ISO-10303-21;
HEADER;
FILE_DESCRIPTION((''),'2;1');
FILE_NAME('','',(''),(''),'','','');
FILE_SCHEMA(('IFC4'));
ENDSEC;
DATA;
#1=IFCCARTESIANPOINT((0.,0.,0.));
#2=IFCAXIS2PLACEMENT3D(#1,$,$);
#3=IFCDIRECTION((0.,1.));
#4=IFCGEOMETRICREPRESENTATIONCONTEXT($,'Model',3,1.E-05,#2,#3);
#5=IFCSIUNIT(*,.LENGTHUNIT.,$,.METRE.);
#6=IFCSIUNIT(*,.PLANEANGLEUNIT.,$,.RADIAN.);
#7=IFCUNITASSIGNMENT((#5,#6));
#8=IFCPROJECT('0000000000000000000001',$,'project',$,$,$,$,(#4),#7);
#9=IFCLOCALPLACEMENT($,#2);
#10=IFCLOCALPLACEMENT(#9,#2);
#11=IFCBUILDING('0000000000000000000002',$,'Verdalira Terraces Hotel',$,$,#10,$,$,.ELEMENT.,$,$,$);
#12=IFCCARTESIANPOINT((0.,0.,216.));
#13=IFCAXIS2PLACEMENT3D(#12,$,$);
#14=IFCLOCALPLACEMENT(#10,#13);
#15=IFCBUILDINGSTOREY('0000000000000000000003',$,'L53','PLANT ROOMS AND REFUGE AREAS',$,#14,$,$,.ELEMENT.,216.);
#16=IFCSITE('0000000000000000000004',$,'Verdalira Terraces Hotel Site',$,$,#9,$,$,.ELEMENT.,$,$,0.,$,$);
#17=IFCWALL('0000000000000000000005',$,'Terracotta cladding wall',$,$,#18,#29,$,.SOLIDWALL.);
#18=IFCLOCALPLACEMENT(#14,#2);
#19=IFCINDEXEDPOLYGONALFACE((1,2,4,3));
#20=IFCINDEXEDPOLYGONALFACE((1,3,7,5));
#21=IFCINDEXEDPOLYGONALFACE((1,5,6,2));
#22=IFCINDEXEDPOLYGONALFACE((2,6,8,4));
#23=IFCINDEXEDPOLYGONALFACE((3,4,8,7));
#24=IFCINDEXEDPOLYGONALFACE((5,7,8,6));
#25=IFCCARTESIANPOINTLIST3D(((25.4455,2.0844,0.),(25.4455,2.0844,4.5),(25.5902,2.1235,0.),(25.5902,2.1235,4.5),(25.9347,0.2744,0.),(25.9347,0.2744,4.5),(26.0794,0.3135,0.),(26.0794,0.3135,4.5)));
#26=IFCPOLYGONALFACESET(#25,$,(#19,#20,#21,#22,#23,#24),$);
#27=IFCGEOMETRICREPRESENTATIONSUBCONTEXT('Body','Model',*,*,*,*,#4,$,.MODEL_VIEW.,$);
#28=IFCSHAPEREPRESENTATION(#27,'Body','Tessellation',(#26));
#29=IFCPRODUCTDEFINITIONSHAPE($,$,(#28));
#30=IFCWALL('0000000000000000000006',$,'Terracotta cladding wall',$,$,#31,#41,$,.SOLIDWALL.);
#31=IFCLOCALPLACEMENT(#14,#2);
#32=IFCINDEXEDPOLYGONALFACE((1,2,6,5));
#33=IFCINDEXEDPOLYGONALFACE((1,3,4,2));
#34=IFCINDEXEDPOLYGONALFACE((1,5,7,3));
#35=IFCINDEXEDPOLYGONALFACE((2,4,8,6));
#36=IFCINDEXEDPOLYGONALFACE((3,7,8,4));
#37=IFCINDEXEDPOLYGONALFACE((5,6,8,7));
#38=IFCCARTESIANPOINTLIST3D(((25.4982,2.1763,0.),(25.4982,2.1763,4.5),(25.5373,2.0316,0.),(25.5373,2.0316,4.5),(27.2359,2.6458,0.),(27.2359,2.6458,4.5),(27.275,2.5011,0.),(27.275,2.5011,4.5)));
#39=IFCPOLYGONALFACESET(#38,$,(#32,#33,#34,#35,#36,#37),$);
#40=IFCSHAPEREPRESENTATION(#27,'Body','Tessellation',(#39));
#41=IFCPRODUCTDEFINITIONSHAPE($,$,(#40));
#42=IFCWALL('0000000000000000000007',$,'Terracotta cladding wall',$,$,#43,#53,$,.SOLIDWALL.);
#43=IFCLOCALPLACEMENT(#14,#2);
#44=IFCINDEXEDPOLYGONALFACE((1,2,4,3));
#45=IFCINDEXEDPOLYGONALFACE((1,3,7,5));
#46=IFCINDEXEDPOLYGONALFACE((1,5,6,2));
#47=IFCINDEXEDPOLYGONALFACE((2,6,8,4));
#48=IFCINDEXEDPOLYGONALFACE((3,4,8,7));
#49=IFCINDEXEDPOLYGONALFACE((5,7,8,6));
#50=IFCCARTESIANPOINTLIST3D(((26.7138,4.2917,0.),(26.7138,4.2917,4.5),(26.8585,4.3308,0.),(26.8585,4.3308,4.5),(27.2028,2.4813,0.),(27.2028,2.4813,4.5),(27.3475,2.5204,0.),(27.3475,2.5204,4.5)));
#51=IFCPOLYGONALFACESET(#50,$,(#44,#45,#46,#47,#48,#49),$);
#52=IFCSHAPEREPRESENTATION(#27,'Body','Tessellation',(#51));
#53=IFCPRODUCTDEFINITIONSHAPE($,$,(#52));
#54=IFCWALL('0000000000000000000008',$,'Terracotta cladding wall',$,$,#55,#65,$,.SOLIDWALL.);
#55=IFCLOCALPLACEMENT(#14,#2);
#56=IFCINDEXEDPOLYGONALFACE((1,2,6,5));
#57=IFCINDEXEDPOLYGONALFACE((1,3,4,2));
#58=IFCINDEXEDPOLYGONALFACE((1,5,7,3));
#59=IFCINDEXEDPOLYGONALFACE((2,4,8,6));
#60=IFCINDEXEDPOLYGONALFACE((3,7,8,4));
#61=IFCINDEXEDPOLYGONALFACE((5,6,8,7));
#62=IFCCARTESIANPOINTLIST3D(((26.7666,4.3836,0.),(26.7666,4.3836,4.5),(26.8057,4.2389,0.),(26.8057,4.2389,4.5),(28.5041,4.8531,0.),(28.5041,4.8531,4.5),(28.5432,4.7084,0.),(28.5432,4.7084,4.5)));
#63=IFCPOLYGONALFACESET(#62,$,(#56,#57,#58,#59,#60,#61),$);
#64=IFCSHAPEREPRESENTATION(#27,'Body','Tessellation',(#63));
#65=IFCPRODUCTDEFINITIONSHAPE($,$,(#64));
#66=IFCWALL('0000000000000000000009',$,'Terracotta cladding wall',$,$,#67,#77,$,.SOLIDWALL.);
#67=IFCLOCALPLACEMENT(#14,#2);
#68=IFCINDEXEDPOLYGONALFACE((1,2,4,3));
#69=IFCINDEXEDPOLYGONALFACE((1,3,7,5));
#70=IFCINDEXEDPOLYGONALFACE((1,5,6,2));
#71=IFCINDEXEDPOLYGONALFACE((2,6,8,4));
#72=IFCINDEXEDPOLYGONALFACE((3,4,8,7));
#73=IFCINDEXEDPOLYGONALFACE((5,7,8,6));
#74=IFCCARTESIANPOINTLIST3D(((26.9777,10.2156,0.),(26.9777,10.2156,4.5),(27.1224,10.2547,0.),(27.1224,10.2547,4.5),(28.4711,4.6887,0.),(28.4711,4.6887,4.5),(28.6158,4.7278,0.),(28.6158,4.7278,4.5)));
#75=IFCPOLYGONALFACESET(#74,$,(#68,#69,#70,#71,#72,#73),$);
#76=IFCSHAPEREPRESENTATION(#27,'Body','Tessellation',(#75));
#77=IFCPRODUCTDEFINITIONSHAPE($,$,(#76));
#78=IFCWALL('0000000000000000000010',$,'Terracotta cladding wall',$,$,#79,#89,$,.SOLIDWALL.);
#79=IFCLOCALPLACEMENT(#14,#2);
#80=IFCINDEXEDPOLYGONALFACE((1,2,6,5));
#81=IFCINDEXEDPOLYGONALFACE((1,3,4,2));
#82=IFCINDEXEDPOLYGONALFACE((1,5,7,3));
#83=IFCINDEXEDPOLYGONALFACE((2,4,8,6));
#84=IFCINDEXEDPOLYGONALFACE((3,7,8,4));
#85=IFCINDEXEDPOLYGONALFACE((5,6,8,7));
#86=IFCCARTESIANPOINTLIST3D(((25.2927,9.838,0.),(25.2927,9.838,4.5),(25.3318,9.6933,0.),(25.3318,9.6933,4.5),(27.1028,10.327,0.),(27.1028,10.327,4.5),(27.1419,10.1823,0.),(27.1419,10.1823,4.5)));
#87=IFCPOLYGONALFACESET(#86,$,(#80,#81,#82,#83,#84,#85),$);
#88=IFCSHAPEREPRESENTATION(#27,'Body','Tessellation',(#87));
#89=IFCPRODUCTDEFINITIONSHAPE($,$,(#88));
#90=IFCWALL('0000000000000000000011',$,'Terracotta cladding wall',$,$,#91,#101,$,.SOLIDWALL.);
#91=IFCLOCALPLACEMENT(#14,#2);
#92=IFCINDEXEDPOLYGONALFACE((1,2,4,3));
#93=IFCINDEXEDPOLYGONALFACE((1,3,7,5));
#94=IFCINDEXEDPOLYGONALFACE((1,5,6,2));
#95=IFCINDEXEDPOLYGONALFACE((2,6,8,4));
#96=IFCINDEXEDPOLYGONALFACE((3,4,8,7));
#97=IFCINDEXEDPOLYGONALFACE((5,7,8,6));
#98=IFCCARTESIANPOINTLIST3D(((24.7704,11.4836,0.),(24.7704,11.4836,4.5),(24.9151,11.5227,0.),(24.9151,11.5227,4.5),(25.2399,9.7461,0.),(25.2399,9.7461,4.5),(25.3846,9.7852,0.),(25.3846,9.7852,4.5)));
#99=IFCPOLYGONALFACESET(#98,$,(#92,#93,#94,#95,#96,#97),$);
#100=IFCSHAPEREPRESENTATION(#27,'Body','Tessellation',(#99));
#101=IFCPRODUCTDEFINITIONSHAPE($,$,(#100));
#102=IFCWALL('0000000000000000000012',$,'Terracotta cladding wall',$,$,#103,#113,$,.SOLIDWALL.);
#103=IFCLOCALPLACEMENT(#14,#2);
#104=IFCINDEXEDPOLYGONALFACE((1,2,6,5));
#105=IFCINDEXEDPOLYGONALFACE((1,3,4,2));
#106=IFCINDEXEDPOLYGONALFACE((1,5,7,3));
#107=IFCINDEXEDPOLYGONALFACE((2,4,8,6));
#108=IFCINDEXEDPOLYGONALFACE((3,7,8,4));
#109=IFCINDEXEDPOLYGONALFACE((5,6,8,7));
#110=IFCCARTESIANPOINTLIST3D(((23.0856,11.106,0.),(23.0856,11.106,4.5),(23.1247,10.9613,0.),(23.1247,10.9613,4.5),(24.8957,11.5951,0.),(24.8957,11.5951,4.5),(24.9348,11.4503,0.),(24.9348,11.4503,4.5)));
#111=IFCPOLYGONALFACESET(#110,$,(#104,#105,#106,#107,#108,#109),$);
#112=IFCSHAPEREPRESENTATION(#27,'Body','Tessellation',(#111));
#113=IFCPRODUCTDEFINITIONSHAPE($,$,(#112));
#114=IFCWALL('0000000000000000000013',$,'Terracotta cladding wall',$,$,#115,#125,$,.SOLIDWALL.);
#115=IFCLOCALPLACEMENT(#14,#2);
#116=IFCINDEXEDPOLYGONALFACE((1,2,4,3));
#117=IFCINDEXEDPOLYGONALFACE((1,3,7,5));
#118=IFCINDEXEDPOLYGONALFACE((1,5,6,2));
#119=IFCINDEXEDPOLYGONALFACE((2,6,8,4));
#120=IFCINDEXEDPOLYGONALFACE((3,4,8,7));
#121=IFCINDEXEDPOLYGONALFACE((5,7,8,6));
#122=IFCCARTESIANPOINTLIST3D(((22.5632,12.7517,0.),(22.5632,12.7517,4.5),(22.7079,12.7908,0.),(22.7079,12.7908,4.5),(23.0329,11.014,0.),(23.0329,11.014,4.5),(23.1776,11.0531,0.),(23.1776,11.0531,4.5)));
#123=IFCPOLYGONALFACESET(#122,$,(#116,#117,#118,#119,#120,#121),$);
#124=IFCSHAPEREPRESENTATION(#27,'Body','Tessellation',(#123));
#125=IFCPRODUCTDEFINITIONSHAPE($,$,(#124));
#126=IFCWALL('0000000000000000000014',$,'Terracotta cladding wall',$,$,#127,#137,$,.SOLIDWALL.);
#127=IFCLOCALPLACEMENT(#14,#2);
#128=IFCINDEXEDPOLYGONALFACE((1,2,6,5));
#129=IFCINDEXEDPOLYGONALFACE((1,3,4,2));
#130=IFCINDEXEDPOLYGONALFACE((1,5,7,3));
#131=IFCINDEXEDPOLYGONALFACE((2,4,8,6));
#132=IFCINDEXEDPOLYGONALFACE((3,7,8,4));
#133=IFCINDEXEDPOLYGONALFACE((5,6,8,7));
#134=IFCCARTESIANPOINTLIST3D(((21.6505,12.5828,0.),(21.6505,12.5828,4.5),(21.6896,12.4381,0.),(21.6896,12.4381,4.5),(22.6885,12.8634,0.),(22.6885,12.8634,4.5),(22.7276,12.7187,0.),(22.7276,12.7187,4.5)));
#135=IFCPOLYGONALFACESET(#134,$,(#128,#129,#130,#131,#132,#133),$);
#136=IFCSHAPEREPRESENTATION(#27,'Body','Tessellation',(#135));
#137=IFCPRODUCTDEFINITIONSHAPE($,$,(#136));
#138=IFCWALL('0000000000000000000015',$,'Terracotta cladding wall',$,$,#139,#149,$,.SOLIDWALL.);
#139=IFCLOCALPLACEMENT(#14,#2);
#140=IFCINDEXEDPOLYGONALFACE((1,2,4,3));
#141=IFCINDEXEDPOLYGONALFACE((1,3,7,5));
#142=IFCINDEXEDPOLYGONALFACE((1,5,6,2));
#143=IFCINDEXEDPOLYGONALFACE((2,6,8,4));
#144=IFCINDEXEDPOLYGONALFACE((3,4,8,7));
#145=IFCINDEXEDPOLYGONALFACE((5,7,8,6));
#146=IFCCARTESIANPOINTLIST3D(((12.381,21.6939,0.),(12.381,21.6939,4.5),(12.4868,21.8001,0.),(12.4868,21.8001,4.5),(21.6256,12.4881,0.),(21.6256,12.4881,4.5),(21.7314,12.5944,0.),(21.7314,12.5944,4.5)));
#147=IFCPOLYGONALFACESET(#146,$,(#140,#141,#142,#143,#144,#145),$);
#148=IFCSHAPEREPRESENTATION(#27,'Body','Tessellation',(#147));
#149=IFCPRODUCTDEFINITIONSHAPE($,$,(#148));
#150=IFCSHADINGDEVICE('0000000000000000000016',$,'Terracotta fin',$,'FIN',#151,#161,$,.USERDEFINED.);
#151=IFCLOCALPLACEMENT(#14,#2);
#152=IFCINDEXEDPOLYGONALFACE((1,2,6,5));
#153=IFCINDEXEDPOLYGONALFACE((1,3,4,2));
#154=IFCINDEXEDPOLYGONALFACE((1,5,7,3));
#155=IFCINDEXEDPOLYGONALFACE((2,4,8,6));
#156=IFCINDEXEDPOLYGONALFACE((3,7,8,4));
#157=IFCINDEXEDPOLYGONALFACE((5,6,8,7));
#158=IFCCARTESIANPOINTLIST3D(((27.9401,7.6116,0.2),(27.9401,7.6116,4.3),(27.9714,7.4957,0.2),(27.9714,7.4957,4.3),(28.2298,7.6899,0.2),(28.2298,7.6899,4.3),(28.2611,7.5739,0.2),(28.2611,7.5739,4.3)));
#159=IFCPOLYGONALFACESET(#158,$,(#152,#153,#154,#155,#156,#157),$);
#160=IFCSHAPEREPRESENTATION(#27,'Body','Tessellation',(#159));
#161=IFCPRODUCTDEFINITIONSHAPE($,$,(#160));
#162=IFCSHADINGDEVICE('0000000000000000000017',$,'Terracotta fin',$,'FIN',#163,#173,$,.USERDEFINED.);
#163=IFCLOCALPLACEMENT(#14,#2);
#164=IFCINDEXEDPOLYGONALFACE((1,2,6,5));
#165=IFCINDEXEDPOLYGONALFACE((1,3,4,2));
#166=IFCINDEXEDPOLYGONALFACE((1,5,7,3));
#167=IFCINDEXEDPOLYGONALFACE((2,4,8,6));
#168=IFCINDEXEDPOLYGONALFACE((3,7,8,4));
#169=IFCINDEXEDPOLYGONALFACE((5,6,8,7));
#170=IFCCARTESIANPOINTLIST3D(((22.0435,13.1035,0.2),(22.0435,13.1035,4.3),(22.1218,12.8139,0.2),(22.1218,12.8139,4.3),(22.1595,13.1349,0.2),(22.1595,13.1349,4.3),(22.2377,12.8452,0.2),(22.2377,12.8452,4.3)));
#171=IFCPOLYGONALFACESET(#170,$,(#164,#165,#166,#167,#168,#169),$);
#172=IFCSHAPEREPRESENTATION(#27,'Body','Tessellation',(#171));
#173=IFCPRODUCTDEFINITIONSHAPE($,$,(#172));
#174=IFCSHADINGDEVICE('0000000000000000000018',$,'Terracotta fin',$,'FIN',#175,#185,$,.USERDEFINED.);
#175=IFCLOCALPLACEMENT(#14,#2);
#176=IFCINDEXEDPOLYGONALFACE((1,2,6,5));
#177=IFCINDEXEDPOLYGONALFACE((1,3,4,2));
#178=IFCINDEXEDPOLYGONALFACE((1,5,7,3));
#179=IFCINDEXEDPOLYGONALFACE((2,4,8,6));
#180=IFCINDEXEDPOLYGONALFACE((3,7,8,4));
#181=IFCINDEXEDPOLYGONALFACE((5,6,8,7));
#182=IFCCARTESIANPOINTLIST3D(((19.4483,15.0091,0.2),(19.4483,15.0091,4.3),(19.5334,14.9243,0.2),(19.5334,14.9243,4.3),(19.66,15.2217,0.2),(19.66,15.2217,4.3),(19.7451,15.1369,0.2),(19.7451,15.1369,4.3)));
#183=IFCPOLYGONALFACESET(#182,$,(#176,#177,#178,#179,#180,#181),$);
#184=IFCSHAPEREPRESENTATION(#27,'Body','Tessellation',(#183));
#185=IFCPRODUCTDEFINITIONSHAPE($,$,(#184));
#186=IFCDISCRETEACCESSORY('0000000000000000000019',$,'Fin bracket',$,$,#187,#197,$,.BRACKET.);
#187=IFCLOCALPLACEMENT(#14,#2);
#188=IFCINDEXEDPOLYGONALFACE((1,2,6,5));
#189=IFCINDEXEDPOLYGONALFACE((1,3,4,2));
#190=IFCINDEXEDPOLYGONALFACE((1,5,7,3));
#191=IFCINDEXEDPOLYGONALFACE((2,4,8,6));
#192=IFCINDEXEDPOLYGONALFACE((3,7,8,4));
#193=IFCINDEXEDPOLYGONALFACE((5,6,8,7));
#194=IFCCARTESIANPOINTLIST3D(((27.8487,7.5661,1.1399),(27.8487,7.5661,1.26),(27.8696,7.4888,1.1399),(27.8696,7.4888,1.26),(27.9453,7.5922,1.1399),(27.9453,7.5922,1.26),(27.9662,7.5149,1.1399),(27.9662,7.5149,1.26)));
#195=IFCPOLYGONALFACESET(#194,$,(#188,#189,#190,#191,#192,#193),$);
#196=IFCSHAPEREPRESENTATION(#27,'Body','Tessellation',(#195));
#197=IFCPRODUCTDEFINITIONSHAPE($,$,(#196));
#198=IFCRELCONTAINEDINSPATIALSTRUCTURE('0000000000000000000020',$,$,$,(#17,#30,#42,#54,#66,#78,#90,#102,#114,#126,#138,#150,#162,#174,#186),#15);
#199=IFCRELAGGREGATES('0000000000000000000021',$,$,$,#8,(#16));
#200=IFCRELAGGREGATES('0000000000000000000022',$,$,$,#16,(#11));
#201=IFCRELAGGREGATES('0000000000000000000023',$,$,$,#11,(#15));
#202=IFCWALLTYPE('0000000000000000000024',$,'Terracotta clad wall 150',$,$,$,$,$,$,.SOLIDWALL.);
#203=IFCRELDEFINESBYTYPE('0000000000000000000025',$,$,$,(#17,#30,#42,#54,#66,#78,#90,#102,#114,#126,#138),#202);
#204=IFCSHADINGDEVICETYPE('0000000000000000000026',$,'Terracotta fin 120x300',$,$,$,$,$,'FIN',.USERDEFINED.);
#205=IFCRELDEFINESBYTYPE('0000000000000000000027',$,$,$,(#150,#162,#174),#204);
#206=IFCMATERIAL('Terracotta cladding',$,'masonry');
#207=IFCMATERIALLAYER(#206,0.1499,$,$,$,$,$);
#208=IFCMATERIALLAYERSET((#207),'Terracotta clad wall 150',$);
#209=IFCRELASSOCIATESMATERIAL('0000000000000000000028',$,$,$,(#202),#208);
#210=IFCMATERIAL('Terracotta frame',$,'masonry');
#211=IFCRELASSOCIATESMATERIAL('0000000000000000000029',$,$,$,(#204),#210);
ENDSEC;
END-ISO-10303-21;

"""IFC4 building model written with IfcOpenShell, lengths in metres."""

from ifc_helpers import new_model, si_unit, direction, frame, frame_2d, origin, origin_2d, place, context, subcontext, project, spatial, rectangle, extrude, material, layer, layer_set, material_profile, profile_set, type_object, element, save


model = new_model("IFC4")

# Units and contexts
model_context = context("Model", 3, precision=1e-05, world=origin(), true_north=direction((0.0, 1.0)))
body_context = subcontext(model_context, "Body", "Model", "MODEL_VIEW")
ifc_project = project(units=[si_unit("LENGTHUNIT", "METRE"), si_unit("PLANEANGLEUNIT", "RADIAN")], contexts=[model_context])

# Site, building, storey
site_placement = place(None, origin())
site = spatial("IfcSite", under=ifc_project, at=site_placement, Name="Verdalira Terraces Hotel Site", CompositionType="ELEMENT", RefElevation=0.0)
building_placement = place(site_placement, origin())
building = spatial("IfcBuilding", under=site, at=building_placement, Name="Verdalira Terraces Hotel", CompositionType="ELEMENT")
storey_placement = place(building_placement, frame((0.0, 0.0, 216.0)))
storey = spatial("IfcBuildingStorey", under=building, at=storey_placement, Name="L53", Description="PLANT ROOMS AND REFUGE AREAS", CompositionType="ELEMENT", Elevation=216.0)

# Walls
ifc_material_1 = material(Name="Terracotta cladding", Category="masonry")
ifc_layer_1 = layer(ifc_material_1, 0.1499)
ifc_layer_set_1 = layer_set([ifc_layer_1], Name="Terracotta clad wall 150")
wall_type_1 = type_object("IfcWallType", Name="Terracotta clad wall 150", PredefinedType="SOLIDWALL", material=ifc_layer_set_1)
wall_1_placement = place(storey_placement, frame((26.0071, 0.2939, 0.0), z_axis=(0.0, 0.0, 1.0), x_axis=(-0.260935, 0.965356, 0.0)))
element("IfcWall", 1, at=wall_1_placement, inside=storey, type_object=wall_type_1, Name="Terracotta cladding wall", PredefinedType="SOLIDWALL", context=body_context, shape_type="SweptSolid", body=[
    extrude(rectangle(XDim=1.875, YDim=0.1499, at=frame_2d((0.9375, 0.0))), origin(), (0.0, 0.0, 1.0), 4.5),
])
wall_2_placement = place(storey_placement, frame((25.5178, 2.104, 0.0), z_axis=(0.0, 0.0, 1.0), x_axis=(0.96539, 0.26081, 0.0)))
element("IfcWall", 2, at=wall_2_placement, inside=storey, type_object=wall_type_1, Name="Terracotta cladding wall", PredefinedType="SOLIDWALL", context=body_context, shape_type="SweptSolid", body=[
    extrude(rectangle(XDim=1.8, YDim=0.1499, at=frame_2d((0.8999, 0.0))), origin(), (0.0, 0.0, 1.0), 4.5),
])
wall_3_placement = place(storey_placement, frame((27.2751, 2.501, 0.0), z_axis=(0.0, 0.0, 1.0), x_axis=(-0.260781, 0.965398, 0.0)))
element("IfcWall", 3, at=wall_3_placement, inside=storey, type_object=wall_type_1, Name="Terracotta cladding wall", PredefinedType="SOLIDWALL", context=body_context, shape_type="SweptSolid", body=[
    extrude(rectangle(XDim=1.8752, YDim=0.1499, at=frame_2d((0.9375, 0.0))), origin(), (0.0, 0.0, 1.0), 4.5),
])
wall_4_placement = place(storey_placement, frame((26.7861, 4.3113, 0.0), z_axis=(0.0, 0.0, 1.0), x_axis=(0.965381, 0.260844, 0.0)))
element("IfcWall", 4, at=wall_4_placement, inside=storey, type_object=wall_type_1, Name="Terracotta cladding wall", PredefinedType="SOLIDWALL", context=body_context, shape_type="SweptSolid", body=[
    extrude(rectangle(XDim=1.7998, YDim=0.1499, at=frame_2d((0.8999, 0.0))), origin(), (0.0, 0.0, 1.0), 4.5),
])
wall_5_placement = place(storey_placement, frame((28.5435, 4.7083, 0.0), z_axis=(0.0, 0.0, 1.0), x_axis=(-0.260854, 0.965378, 0.0)))
element("IfcWall", 5, at=wall_5_placement, inside=storey, type_object=wall_type_1, Name="Terracotta cladding wall", PredefinedType="SOLIDWALL", context=body_context, shape_type="SweptSolid", body=[
    extrude(rectangle(XDim=5.7251, YDim=0.1499, at=frame_2d((2.8625, 0.0))), origin(), (0.0, 0.0, 1.0), 4.5),
])
wall_6_placement = place(storey_placement, frame((27.1223, 10.2546, 0.0), z_axis=(0.0, 0.0, 1.0), x_axis=(-0.965389, -0.260814, 0.0)))
element("IfcWall", 6, at=wall_6_placement, inside=storey, type_object=wall_type_1, Name="Terracotta cladding wall", PredefinedType="SOLIDWALL", context=body_context, shape_type="SweptSolid", body=[
    extrude(rectangle(XDim=1.875, YDim=0.1499, at=frame_2d((0.9375, 0.0))), origin(), (0.0, 0.0, 1.0), 4.5),
])
wall_7_placement = place(storey_placement, frame((25.3123, 9.7656, 0.0), z_axis=(0.0, 0.0, 1.0), x_axis=(-0.260844, 0.965381, 0.0)))
element("IfcWall", 7, at=wall_7_placement, inside=storey, type_object=wall_type_1, Name="Terracotta cladding wall", PredefinedType="SOLIDWALL", context=body_context, shape_type="SweptSolid", body=[
    extrude(rectangle(XDim=1.7998, YDim=0.1499, at=frame_2d((0.8999, 0.0))), origin(), (0.0, 0.0, 1.0), 4.5),
])
wall_8_placement = place(storey_placement, frame((24.9153, 11.5227, 0.0), z_axis=(0.0, 0.0, 1.0), x_axis=(-0.965389, -0.260814, 0.0)))
element("IfcWall", 8, at=wall_8_placement, inside=storey, type_object=wall_type_1, Name="Terracotta cladding wall", PredefinedType="SOLIDWALL", context=body_context, shape_type="SweptSolid", body=[
    extrude(rectangle(XDim=1.875, YDim=0.1499, at=frame_2d((0.9375, 0.0))), origin(), (0.0, 0.0, 1.0), 4.5),
])
wall_9_placement = place(storey_placement, frame((23.1052, 11.0337, 0.0), z_axis=(0.0, 0.0, 1.0), x_axis=(-0.260936, 0.965356, 0.0)))
element("IfcWall", 9, at=wall_9_placement, inside=storey, type_object=wall_type_1, Name="Terracotta cladding wall", PredefinedType="SOLIDWALL", context=body_context, shape_type="SweptSolid", body=[
    extrude(rectangle(XDim=1.8, YDim=0.1499, at=frame_2d((0.8999, 0.0))), origin(), (0.0, 0.0, 1.0), 4.5),
])
wall_10_placement = place(storey_placement, frame((22.708, 12.791, 0.0), z_axis=(0.0, 0.0, 1.0), x_axis=(-0.965359, -0.260926, 0.0)))
element("IfcWall", 10, at=wall_10_placement, inside=storey, type_object=wall_type_1, Name="Terracotta cladding wall", PredefinedType="SOLIDWALL", context=body_context, shape_type="SweptSolid", body=[
    extrude(rectangle(XDim=1.0752, YDim=0.1499, at=frame_2d((0.5376, 0.0))), origin(), (0.0, 0.0, 1.0), 4.5),
])
wall_11_placement = place(storey_placement, frame((21.6785, 12.5413, 0.0), z_axis=(0.0, 0.0, 1.0), x_axis=(-0.708593, 0.705618, 0.0)))
element("IfcWall", 11, at=wall_11_placement, inside=storey, type_object=wall_type_1, Name="Terracotta cladding wall", PredefinedType="SOLIDWALL", context=body_context, shape_type="SweptSolid", body=[
    extrude(rectangle(XDim=13.0464, YDim=0.1499, at=frame_2d((6.5232, 0.0))), origin(), (0.0, 0.0, 1.0), 4.5),
])

# Shading devices
ifc_material_2 = material(Name="Terracotta frame", Category="masonry")
ifc_material_profile_1 = material_profile(ifc_material_2, rectangle(XDim=0.1201, YDim=0.3, at=origin_2d()), Name="FIN 120x300")
ifc_profile_set_1 = profile_set([ifc_material_profile_1], Name="Terracotta frame")
shading_device_type = type_object("IfcShadingDeviceType", Name="Terracotta fin 120x300", ElementType="FIN", PredefinedType="USERDEFINED", material=ifc_profile_set_1)
for number, where, z_axis, x_axis, name in (
    (12, (28.1006, 7.5928, 0.2), (0.0, 0.0, 1.0), (-0.260842, 0.965382, 0.0), "Terracotta fin"),
    (13, (22.1406, 12.9744, 0.2), (0.0, 0.0, 1.0), (-0.965382, -0.260842, 0.0), "Terracotta fin"),
    (14, (19.5967, 15.073, 0.2), (0.0, 0.0, 1.0), (-0.708586, 0.705624, 0.0), "Terracotta fin"),
):
    element("IfcShadingDevice", number, at=place(storey_placement, frame(where, z_axis=z_axis, x_axis=x_axis)), inside=storey, type_object=shading_device_type, Name=name, ObjectType="FIN", PredefinedType="USERDEFINED", context=body_context, shape_type="SweptSolid", body=[
        extrude(rectangle(XDim=0.1201, YDim=0.3, at=origin_2d()), origin(), (0.0, 0.0, 1.0), 4.1001),
    ])

# Discrete accessory
for number, where, z_axis, x_axis, name in (
    (15, (27.9075, 7.5405, 1.1399), (0.0, 0.0, 1.0), (-0.260842, 0.965382, 0.0), "Fin bracket"),
):
    element("IfcDiscreteAccessory", number, at=place(storey_placement, frame(where, z_axis=z_axis, x_axis=x_axis)), inside=storey, Name=name, PredefinedType="BRACKET", context=body_context, shape_type="SweptSolid", body=[
        extrude(rectangle(XDim=0.0801, YDim=0.1001, at=origin_2d()), origin(), (0.0, 0.0, 1.0), 0.1201),
    ])

save(model, "model.ifc")
